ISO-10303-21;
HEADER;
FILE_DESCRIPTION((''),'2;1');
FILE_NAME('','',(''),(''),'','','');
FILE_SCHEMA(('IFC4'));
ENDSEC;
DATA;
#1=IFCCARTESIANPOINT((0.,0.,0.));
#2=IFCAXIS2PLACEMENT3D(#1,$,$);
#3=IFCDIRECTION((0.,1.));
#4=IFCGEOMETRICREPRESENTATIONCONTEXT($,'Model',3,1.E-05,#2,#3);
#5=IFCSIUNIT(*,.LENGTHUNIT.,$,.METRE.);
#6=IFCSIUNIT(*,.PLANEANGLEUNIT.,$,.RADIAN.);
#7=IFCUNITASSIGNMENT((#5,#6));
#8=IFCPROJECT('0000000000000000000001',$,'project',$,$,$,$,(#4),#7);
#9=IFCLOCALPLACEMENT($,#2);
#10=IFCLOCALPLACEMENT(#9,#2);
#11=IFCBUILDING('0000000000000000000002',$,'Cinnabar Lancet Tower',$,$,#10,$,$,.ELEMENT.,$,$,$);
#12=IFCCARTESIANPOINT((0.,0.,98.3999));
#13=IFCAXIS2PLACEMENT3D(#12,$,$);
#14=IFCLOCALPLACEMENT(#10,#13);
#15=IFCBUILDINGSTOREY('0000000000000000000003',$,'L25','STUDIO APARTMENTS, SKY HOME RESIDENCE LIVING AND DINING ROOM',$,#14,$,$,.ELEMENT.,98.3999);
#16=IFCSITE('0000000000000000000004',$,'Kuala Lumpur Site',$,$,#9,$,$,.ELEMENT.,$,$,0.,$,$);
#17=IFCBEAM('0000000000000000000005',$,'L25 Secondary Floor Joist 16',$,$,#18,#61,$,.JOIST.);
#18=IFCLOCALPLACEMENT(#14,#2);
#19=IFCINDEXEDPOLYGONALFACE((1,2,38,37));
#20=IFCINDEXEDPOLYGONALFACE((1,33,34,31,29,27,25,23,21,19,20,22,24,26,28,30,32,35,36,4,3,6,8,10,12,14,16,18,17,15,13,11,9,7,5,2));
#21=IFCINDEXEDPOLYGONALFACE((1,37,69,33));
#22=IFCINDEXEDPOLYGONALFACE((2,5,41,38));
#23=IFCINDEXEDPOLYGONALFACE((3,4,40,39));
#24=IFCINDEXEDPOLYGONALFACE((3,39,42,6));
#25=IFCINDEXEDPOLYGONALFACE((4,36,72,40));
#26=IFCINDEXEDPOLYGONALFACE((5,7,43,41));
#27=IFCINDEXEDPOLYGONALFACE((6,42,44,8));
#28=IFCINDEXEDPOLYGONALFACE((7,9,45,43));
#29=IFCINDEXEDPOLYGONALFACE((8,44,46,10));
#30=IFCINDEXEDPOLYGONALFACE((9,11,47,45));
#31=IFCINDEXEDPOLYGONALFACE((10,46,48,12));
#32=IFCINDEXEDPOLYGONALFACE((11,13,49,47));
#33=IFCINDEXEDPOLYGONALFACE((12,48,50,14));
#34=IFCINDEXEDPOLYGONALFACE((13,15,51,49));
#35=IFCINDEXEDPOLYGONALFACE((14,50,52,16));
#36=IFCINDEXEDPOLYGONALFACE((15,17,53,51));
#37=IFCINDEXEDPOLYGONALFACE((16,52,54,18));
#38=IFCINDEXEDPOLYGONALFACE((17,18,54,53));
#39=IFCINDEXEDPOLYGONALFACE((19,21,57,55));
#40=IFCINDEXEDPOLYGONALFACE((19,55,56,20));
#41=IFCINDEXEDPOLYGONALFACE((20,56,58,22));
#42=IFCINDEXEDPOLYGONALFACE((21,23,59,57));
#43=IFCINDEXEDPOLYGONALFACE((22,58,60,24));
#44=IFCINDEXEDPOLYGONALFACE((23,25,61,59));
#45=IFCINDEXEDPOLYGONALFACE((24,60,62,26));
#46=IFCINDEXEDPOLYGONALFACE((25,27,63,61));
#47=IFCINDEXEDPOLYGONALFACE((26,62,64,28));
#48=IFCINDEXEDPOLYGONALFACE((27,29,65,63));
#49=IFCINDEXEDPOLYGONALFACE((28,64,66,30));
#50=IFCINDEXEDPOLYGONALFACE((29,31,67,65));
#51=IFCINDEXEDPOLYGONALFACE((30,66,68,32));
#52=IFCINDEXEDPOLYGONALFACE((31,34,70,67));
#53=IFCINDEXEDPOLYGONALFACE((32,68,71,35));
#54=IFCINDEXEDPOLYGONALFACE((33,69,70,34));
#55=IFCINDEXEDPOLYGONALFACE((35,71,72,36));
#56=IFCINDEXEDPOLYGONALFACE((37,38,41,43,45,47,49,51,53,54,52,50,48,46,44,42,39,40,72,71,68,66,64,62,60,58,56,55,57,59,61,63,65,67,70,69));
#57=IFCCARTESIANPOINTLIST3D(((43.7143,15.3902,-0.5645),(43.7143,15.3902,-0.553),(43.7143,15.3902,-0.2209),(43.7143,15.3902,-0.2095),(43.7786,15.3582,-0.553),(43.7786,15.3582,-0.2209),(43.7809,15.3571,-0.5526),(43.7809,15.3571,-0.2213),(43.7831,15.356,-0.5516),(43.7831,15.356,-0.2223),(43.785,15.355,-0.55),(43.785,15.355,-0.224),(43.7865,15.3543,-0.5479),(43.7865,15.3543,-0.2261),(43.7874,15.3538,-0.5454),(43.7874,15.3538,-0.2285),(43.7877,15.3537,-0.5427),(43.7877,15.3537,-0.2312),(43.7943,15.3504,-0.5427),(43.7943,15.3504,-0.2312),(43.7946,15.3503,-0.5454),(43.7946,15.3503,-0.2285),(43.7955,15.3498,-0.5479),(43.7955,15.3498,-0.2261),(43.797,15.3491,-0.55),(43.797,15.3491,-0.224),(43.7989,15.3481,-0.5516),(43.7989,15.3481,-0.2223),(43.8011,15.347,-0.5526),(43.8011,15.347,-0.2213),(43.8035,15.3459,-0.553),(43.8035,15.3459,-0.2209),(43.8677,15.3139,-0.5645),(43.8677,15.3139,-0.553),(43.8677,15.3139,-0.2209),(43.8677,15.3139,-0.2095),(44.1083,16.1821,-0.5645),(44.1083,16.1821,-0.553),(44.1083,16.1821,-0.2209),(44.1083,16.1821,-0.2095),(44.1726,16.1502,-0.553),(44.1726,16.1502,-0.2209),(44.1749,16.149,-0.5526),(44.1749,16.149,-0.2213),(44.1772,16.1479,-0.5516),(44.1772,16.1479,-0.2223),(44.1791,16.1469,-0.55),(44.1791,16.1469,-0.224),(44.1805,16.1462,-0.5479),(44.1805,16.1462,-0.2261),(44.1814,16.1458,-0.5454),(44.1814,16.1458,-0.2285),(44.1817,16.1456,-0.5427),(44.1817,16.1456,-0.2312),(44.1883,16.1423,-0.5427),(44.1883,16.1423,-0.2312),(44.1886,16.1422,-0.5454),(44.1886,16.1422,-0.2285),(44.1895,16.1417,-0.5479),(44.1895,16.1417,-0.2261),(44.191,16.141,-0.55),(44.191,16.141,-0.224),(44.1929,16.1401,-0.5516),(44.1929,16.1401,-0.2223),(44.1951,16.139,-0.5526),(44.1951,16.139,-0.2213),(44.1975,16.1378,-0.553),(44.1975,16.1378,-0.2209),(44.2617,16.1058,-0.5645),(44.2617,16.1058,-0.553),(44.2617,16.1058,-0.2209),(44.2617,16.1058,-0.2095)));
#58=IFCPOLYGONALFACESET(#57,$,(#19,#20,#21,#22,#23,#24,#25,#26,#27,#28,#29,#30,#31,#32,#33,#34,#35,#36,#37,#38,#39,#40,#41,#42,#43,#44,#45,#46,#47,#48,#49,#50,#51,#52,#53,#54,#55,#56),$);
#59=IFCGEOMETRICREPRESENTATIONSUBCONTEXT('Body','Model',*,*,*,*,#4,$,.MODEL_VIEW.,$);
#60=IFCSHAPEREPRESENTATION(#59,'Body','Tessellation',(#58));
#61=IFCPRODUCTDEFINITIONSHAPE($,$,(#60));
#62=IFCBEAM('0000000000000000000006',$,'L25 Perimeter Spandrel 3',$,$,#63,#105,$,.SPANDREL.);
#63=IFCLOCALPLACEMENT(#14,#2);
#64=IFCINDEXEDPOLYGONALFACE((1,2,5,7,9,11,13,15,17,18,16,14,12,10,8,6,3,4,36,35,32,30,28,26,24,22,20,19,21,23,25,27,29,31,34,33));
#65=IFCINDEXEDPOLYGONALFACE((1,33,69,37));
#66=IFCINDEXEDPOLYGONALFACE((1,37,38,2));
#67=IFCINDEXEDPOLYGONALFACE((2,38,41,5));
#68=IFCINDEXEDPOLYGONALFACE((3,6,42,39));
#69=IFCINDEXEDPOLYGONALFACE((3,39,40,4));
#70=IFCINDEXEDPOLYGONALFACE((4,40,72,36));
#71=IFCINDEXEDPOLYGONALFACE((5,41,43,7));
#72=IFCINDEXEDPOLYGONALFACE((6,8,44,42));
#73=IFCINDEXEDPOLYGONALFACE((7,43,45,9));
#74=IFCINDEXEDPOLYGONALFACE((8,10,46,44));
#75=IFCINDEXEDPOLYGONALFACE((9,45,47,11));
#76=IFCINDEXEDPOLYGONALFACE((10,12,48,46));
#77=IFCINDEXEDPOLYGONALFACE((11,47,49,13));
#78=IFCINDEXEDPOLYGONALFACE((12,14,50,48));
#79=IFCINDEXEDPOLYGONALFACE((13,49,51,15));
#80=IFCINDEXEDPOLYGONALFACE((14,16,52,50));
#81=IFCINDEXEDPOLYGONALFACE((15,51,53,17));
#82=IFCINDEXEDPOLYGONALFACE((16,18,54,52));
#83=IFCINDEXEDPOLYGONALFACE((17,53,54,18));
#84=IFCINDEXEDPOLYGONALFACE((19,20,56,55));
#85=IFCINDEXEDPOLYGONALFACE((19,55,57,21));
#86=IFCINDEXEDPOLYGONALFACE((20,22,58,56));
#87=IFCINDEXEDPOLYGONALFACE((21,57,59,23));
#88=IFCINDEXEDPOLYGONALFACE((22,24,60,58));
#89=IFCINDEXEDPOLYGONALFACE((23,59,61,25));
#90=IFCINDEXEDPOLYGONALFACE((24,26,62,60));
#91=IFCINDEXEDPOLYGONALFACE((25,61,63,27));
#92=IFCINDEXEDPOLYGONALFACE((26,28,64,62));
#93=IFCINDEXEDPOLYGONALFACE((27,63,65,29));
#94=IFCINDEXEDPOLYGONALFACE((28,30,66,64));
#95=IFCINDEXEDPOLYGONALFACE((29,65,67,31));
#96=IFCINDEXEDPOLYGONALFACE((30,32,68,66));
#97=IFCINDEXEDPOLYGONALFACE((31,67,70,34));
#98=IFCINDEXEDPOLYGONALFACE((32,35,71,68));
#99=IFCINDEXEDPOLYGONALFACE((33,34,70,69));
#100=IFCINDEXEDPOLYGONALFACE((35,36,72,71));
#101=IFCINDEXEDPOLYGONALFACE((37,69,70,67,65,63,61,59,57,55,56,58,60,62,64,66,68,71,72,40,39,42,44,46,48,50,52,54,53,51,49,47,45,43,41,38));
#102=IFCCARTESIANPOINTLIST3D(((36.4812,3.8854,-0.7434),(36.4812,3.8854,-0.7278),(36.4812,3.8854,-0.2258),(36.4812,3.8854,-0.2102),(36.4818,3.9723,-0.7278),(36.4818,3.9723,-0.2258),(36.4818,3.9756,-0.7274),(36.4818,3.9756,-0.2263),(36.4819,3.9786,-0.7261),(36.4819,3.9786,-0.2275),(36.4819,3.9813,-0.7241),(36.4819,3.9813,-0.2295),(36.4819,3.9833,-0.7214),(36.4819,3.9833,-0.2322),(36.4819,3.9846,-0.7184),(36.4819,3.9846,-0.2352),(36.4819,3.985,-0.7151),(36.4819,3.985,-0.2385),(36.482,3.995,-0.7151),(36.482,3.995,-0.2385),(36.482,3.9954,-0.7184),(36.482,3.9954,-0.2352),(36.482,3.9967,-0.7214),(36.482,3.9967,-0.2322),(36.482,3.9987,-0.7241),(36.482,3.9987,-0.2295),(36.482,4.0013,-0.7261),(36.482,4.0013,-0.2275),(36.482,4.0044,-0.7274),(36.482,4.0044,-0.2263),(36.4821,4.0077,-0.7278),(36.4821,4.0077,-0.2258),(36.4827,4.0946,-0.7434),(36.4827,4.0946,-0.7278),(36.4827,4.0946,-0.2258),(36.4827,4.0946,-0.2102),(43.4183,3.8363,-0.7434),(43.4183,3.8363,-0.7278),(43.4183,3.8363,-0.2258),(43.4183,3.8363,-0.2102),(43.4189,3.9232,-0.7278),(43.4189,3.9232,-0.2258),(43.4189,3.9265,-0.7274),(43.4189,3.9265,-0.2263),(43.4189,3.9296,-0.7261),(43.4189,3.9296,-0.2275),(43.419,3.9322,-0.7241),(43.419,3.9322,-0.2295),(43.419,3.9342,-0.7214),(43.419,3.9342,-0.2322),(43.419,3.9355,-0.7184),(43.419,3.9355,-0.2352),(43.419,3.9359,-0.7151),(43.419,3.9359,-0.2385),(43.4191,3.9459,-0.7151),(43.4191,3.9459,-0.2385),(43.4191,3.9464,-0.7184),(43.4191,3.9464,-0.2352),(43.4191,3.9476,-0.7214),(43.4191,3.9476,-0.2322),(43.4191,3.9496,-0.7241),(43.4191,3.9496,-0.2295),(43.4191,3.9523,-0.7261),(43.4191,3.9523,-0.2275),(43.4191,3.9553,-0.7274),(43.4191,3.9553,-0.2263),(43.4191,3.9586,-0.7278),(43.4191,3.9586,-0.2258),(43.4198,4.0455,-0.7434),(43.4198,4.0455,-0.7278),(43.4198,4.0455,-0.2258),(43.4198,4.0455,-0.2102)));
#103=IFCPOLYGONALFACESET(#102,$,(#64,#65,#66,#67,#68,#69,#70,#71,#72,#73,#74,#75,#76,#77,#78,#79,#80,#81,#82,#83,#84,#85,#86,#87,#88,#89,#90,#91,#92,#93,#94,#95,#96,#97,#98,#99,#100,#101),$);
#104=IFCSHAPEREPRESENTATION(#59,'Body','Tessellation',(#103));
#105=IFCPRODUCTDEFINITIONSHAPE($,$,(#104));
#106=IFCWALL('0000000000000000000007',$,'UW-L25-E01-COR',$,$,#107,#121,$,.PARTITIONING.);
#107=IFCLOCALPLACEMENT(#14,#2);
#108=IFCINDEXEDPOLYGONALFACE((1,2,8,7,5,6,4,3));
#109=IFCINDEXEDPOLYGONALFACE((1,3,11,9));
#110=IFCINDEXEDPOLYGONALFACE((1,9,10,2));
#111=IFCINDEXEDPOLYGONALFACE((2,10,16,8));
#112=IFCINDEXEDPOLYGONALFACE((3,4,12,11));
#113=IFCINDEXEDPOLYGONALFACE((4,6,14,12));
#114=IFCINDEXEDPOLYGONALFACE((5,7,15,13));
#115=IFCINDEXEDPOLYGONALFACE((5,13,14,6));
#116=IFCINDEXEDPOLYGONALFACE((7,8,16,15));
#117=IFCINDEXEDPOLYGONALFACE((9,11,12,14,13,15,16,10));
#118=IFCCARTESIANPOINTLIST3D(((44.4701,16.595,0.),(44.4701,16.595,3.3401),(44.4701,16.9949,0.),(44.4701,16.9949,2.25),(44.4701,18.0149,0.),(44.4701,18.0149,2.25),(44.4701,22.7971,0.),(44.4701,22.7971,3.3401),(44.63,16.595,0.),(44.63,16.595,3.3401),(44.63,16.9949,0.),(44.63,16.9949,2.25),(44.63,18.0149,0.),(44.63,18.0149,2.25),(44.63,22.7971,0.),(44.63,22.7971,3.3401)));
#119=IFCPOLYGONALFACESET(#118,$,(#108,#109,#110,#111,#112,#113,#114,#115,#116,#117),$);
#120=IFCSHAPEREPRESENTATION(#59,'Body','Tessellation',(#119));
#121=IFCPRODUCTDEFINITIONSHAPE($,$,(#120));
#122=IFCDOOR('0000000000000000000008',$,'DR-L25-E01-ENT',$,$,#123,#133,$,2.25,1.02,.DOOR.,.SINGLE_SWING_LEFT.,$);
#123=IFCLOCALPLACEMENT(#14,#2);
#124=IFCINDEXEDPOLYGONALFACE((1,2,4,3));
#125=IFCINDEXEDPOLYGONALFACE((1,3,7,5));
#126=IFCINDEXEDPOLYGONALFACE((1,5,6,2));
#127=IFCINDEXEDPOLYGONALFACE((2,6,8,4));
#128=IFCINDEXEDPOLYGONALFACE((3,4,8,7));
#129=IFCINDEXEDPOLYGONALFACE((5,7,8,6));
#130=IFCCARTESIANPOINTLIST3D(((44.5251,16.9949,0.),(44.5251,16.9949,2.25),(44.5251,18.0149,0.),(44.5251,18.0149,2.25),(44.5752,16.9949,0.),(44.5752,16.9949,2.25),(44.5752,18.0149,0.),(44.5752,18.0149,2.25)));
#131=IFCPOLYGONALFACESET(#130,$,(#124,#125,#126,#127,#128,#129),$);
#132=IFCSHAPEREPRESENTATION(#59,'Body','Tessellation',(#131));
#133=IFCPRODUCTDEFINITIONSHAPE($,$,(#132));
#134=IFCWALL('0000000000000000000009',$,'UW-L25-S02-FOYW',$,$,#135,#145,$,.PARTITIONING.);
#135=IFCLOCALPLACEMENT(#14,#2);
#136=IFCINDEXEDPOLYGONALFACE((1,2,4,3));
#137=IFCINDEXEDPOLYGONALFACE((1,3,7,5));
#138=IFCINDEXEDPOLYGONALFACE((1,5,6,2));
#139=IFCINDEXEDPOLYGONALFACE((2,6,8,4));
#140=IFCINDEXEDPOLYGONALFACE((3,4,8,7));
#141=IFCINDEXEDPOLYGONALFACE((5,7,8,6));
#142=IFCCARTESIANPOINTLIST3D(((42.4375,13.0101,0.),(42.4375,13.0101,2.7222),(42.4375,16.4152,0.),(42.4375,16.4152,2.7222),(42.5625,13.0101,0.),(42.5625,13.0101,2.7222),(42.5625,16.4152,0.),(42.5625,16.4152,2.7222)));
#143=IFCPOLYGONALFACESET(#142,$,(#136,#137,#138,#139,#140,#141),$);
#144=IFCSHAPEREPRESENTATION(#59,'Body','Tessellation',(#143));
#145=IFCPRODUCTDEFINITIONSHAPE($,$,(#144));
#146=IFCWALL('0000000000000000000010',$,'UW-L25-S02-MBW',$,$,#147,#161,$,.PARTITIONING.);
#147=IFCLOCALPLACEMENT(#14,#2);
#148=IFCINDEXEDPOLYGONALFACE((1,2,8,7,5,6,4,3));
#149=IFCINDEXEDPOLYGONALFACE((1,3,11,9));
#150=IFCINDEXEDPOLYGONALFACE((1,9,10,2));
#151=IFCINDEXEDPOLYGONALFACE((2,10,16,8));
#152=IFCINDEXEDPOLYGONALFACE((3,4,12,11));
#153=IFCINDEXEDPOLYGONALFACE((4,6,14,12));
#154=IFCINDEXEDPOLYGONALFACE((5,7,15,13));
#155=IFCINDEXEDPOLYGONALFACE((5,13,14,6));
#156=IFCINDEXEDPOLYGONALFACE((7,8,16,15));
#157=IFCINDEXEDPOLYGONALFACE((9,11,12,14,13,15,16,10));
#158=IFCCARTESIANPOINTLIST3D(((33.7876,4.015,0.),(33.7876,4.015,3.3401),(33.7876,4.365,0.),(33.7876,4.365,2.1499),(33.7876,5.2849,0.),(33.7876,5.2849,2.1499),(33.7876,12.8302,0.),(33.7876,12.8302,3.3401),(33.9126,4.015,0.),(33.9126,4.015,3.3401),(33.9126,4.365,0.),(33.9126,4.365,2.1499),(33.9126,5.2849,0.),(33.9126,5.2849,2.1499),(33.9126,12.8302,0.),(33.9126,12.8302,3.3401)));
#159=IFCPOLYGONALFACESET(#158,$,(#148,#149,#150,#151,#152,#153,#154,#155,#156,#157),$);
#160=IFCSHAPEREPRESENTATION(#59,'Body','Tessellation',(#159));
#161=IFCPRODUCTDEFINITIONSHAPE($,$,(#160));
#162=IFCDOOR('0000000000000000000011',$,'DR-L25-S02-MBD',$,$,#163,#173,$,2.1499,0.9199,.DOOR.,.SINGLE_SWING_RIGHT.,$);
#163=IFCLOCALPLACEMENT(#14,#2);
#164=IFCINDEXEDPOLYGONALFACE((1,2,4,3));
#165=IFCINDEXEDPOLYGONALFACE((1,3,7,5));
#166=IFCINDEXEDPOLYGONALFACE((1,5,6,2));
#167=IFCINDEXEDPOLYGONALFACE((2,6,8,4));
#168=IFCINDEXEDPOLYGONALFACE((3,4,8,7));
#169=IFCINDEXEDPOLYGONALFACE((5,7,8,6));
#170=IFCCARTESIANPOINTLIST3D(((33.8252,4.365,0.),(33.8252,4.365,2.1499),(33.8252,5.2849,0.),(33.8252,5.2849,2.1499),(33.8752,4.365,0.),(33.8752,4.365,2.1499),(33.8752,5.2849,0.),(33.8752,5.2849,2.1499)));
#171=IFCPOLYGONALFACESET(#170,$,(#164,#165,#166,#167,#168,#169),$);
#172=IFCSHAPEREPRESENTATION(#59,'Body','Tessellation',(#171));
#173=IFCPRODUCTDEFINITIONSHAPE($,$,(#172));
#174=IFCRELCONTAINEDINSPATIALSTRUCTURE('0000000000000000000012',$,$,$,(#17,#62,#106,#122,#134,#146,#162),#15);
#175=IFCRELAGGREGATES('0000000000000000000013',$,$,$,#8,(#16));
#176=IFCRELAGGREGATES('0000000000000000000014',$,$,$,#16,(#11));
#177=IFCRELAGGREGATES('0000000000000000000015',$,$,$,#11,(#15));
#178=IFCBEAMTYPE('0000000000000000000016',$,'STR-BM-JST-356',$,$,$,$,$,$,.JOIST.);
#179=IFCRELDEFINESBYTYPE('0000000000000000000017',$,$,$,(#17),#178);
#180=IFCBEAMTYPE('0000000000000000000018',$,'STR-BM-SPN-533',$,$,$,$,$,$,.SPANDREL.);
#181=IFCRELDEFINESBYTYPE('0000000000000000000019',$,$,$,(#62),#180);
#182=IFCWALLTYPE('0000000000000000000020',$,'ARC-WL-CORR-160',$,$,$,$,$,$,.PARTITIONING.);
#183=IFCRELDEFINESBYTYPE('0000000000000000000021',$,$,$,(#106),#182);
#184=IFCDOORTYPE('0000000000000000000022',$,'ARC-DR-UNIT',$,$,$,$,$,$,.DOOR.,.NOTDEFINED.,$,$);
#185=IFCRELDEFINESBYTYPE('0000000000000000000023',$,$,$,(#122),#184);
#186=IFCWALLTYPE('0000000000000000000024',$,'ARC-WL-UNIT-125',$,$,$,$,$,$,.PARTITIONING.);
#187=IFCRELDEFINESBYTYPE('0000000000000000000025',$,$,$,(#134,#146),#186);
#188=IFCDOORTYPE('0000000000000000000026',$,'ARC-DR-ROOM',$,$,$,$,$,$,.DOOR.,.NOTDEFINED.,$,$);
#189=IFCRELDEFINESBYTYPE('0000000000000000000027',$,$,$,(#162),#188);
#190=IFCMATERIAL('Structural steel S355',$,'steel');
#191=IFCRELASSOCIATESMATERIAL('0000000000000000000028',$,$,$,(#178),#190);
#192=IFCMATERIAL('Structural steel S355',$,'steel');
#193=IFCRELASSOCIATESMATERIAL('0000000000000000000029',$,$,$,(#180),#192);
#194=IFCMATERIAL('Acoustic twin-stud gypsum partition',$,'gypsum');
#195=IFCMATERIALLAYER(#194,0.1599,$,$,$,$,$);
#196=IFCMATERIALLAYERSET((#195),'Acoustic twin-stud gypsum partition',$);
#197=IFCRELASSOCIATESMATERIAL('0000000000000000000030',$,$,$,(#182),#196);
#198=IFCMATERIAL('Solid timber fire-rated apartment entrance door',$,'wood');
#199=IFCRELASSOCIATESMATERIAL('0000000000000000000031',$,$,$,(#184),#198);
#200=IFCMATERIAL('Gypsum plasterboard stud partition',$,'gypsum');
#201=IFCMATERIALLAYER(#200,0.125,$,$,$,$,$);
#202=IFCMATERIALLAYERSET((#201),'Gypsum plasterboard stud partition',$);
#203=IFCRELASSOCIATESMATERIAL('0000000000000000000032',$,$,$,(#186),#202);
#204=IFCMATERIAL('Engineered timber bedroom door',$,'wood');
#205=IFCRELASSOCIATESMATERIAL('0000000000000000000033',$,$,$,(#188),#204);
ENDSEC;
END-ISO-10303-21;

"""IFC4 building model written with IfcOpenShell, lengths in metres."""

from ifc_helpers import new_model, si_unit, direction, frame, frame_2d, origin, origin_2d, place, context, subcontext, project, spatial, rectangle, i_section, extrude, material, layer, layer_set, material_profile, profile_set, type_object, element, fill, save


model = new_model("IFC4")

# Units and contexts
model_context = context("Model", 3, precision=1e-05, world=origin(), true_north=direction((0.0, 1.0)))
body_context = subcontext(model_context, "Body", "Model", "MODEL_VIEW")
ifc_project = project(units=[si_unit("LENGTHUNIT", "METRE"), si_unit("PLANEANGLEUNIT", "RADIAN")], contexts=[model_context])

# Site, building, storey
site_placement = place(None, origin())
site = spatial("IfcSite", under=ifc_project, at=site_placement, Name="Kuala Lumpur Site", CompositionType="ELEMENT", RefElevation=0.0)
building_placement = place(site_placement, origin())
building = spatial("IfcBuilding", under=site, at=building_placement, Name="Cinnabar Lancet Tower", CompositionType="ELEMENT")
storey_placement = place(building_placement, frame((0.0, 0.0, 98.3999)))
storey = spatial("IfcBuildingStorey", under=building, at=storey_placement, Name="L25", Description="STUDIO APARTMENTS, SKY HOME RESIDENCE LIVING AND DINING ROOM", CompositionType="ELEMENT", Elevation=98.3999)

# Beams
ifc_material_1 = material(Name="Structural steel S355", Category="steel")
ifc_material_profile_1 = material_profile(ifc_material_1, i_section(OverallWidth=0.1714, OverallDepth=0.355, WebThickness=0.0073, FlangeThickness=0.0115, FilletRadius=0.0103, at=origin_2d()), Name="UKB 356x171x51")
ifc_profile_set_1 = profile_set([ifc_material_profile_1], Name="Structural steel S355")
beam_type_1 = type_object("IfcBeamType", Name="STR-BM-JST-356", PredefinedType="JOIST", material=ifc_profile_set_1)
beam_1_placement = place(storey_placement, frame((43.791, 15.3521, -0.387), z_axis=(0.445446, 0.895309, 0.0), x_axis=(-0.895309, 0.445446, 0.0)))
element("IfcBeam", 1, at=beam_1_placement, inside=storey, type_object=beam_type_1, Name="L25 Secondary Floor Joist 16", PredefinedType="JOIST", context=body_context, shape_type="SweptSolid", body=[
    extrude(i_section(OverallWidth=0.1714, OverallDepth=0.355, WebThickness=0.0073, FlangeThickness=0.0115, FilletRadius=0.0103, at=origin_2d()), origin(), (0.0, 0.0, 1.0), 0.8845),
])
ifc_material_2 = material(Name="Structural steel S355", Category="steel")
ifc_material_profile_2 = material_profile(ifc_material_2, i_section(OverallWidth=0.2092, OverallDepth=0.5332, WebThickness=0.01, FlangeThickness=0.0156, FilletRadius=0.0127, at=origin_2d()), Name="UKB 533x210x92")
ifc_profile_set_2 = profile_set([ifc_material_profile_2], Name="Structural steel S355")
beam_type_2 = type_object("IfcBeamType", Name="STR-BM-SPN-533", PredefinedType="SPANDREL", material=ifc_profile_set_2)
beam_2_placement = place(storey_placement, frame((36.4819, 3.99, -0.4768), z_axis=(0.999975, -0.007074, 0.0), x_axis=(0.007074, 0.999975, 0.0)))
element("IfcBeam", 2, at=beam_2_placement, inside=storey, type_object=beam_type_2, Name="L25 Perimeter Spandrel 3", PredefinedType="SPANDREL", context=body_context, shape_type="SweptSolid", body=[
    extrude(i_section(OverallWidth=0.2092, OverallDepth=0.5332, WebThickness=0.01, FlangeThickness=0.0156, FilletRadius=0.0127, at=origin_2d()), origin(), (0.0, 0.0, 1.0), 6.9373),
])

# Wall, opening, door
ifc_material_3 = material(Name="Acoustic twin-stud gypsum partition", Category="gypsum")
ifc_layer_1 = layer(ifc_material_3, 0.1599)
ifc_layer_set_1 = layer_set([ifc_layer_1], Name="Acoustic twin-stud gypsum partition")
wall_type_1 = type_object("IfcWallType", Name="ARC-WL-CORR-160", PredefinedType="PARTITIONING", material=ifc_layer_set_1)
wall_1_placement = place(storey_placement, frame((44.55, 16.595, 0.0), z_axis=(0.0, 0.0, 1.0), x_axis=(0.0, 1.0, 0.0)))
wall_1 = element("IfcWall", 3, at=wall_1_placement, inside=storey, type_object=wall_type_1, Name="UW-L25-E01-COR", PredefinedType="PARTITIONING", context=body_context, shape_type="SweptSolid", body=[
    extrude(rectangle(XDim=6.2021, YDim=0.1599, at=frame_2d((3.1011, 0.0))), origin(), (0.0, 0.0, 1.0), 3.3401),
])
opening_1_placement = place(wall_1_placement, frame((0.3999, 0.0, 0.0)))
opening_1 = element("IfcOpeningElement", 4, at=opening_1_placement, cuts=wall_1, PredefinedType="OPENING", context=body_context, shape_type="SweptSolid", body=[
    extrude(rectangle(XDim=1.02, YDim=2.25, at=frame_2d((0.51, 1.125))), frame((0.0, 0.0898, 0.0), z_axis=(0.0, -1.0, 0.0), x_axis=(1.0, 0.0, 0.0)), (0.0, 0.0, 1.0), 0.1799),
])
ifc_material_4 = material(Name="Solid timber fire-rated apartment entrance door", Category="wood")
door_type_1 = type_object("IfcDoorType", Name="ARC-DR-UNIT", OperationType="NOTDEFINED", PredefinedType="DOOR", material=ifc_material_4)
door_1_placement = place(opening_1_placement, origin())
door_1 = element("IfcDoor", 5, at=door_1_placement, inside=storey, type_object=door_type_1, Name="DR-L25-E01-ENT", OperationType="SINGLE_SWING_LEFT", OverallHeight=2.25, OverallWidth=1.02, PredefinedType="DOOR", context=body_context, shape_type="SweptSolid", body=[
    extrude(rectangle(XDim=1.02, YDim=2.25, at=frame_2d((0.51, 1.125))), frame((0.0, 0.0249, 0.0), z_axis=(0.0, -1.0, 0.0), x_axis=(1.0, 0.0, 0.0)), (0.0, 0.0, 1.0), 0.05),
])
fill(opening_1, door_1)

# Wall
ifc_material_5 = material(Name="Gypsum plasterboard stud partition", Category="gypsum")
ifc_layer_2 = layer(ifc_material_5, 0.125)
ifc_layer_set_2 = layer_set([ifc_layer_2], Name="Gypsum plasterboard stud partition")
wall_type_2 = type_object("IfcWallType", Name="ARC-WL-UNIT-125", PredefinedType="PARTITIONING", material=ifc_layer_set_2)
wall_2_placement = place(storey_placement, frame((42.5, 13.01, 0.0), z_axis=(0.0, 0.0, 1.0), x_axis=(0.0, 1.0, 0.0)))
element("IfcWall", 6, at=wall_2_placement, inside=storey, type_object=wall_type_2, Name="UW-L25-S02-FOYW", PredefinedType="PARTITIONING", context=body_context, shape_type="SweptSolid", body=[
    extrude(rectangle(XDim=3.405, YDim=0.125, at=frame_2d((1.7026, 0.0))), origin(), (0.0, 0.0, 1.0), 2.7222),
])

# Wall, opening, door
wall_3_placement = place(storey_placement, frame((33.8501, 4.0149, 0.0), z_axis=(0.0, 0.0, 1.0), x_axis=(0.0, 1.0, 0.0)))
wall_3 = element("IfcWall", 7, at=wall_3_placement, inside=storey, type_object=wall_type_2, Name="UW-L25-S02-MBW", PredefinedType="PARTITIONING", context=body_context, shape_type="SweptSolid", body=[
    extrude(rectangle(XDim=8.8152, YDim=0.125, at=frame_2d((4.4077, 0.0))), origin(), (0.0, 0.0, 1.0), 3.3401),
])
opening_2_placement = place(wall_3_placement, frame((0.3501, 0.0, 0.0)))
opening_2 = element("IfcOpeningElement", 8, at=opening_2_placement, cuts=wall_3, PredefinedType="OPENING", context=body_context, shape_type="SweptSolid", body=[
    extrude(rectangle(XDim=0.9199, YDim=2.1499, at=frame_2d((0.46, 1.075))), frame((0.0, 0.0725, 0.0), z_axis=(0.0, -1.0, 0.0), x_axis=(1.0, 0.0, 0.0)), (0.0, 0.0, 1.0), 0.145),
])
ifc_material_6 = material(Name="Engineered timber bedroom door", Category="wood")
door_type_2 = type_object("IfcDoorType", Name="ARC-DR-ROOM", OperationType="NOTDEFINED", PredefinedType="DOOR", material=ifc_material_6)
door_2_placement = place(opening_2_placement, origin())
door_2 = element("IfcDoor", 9, at=door_2_placement, inside=storey, type_object=door_type_2, Name="DR-L25-S02-MBD", OperationType="SINGLE_SWING_RIGHT", OverallHeight=2.1499, OverallWidth=0.9199, PredefinedType="DOOR", context=body_context, shape_type="SweptSolid", body=[
    extrude(rectangle(XDim=0.9199, YDim=2.1499, at=frame_2d((0.46, 1.075))), frame((0.0, 0.0249, 0.0), z_axis=(0.0, -1.0, 0.0), x_axis=(1.0, 0.0, 0.0)), (0.0, 0.0, 1.0), 0.05),
])
fill(opening_2, door_2)

save(model, "model.ifc")
